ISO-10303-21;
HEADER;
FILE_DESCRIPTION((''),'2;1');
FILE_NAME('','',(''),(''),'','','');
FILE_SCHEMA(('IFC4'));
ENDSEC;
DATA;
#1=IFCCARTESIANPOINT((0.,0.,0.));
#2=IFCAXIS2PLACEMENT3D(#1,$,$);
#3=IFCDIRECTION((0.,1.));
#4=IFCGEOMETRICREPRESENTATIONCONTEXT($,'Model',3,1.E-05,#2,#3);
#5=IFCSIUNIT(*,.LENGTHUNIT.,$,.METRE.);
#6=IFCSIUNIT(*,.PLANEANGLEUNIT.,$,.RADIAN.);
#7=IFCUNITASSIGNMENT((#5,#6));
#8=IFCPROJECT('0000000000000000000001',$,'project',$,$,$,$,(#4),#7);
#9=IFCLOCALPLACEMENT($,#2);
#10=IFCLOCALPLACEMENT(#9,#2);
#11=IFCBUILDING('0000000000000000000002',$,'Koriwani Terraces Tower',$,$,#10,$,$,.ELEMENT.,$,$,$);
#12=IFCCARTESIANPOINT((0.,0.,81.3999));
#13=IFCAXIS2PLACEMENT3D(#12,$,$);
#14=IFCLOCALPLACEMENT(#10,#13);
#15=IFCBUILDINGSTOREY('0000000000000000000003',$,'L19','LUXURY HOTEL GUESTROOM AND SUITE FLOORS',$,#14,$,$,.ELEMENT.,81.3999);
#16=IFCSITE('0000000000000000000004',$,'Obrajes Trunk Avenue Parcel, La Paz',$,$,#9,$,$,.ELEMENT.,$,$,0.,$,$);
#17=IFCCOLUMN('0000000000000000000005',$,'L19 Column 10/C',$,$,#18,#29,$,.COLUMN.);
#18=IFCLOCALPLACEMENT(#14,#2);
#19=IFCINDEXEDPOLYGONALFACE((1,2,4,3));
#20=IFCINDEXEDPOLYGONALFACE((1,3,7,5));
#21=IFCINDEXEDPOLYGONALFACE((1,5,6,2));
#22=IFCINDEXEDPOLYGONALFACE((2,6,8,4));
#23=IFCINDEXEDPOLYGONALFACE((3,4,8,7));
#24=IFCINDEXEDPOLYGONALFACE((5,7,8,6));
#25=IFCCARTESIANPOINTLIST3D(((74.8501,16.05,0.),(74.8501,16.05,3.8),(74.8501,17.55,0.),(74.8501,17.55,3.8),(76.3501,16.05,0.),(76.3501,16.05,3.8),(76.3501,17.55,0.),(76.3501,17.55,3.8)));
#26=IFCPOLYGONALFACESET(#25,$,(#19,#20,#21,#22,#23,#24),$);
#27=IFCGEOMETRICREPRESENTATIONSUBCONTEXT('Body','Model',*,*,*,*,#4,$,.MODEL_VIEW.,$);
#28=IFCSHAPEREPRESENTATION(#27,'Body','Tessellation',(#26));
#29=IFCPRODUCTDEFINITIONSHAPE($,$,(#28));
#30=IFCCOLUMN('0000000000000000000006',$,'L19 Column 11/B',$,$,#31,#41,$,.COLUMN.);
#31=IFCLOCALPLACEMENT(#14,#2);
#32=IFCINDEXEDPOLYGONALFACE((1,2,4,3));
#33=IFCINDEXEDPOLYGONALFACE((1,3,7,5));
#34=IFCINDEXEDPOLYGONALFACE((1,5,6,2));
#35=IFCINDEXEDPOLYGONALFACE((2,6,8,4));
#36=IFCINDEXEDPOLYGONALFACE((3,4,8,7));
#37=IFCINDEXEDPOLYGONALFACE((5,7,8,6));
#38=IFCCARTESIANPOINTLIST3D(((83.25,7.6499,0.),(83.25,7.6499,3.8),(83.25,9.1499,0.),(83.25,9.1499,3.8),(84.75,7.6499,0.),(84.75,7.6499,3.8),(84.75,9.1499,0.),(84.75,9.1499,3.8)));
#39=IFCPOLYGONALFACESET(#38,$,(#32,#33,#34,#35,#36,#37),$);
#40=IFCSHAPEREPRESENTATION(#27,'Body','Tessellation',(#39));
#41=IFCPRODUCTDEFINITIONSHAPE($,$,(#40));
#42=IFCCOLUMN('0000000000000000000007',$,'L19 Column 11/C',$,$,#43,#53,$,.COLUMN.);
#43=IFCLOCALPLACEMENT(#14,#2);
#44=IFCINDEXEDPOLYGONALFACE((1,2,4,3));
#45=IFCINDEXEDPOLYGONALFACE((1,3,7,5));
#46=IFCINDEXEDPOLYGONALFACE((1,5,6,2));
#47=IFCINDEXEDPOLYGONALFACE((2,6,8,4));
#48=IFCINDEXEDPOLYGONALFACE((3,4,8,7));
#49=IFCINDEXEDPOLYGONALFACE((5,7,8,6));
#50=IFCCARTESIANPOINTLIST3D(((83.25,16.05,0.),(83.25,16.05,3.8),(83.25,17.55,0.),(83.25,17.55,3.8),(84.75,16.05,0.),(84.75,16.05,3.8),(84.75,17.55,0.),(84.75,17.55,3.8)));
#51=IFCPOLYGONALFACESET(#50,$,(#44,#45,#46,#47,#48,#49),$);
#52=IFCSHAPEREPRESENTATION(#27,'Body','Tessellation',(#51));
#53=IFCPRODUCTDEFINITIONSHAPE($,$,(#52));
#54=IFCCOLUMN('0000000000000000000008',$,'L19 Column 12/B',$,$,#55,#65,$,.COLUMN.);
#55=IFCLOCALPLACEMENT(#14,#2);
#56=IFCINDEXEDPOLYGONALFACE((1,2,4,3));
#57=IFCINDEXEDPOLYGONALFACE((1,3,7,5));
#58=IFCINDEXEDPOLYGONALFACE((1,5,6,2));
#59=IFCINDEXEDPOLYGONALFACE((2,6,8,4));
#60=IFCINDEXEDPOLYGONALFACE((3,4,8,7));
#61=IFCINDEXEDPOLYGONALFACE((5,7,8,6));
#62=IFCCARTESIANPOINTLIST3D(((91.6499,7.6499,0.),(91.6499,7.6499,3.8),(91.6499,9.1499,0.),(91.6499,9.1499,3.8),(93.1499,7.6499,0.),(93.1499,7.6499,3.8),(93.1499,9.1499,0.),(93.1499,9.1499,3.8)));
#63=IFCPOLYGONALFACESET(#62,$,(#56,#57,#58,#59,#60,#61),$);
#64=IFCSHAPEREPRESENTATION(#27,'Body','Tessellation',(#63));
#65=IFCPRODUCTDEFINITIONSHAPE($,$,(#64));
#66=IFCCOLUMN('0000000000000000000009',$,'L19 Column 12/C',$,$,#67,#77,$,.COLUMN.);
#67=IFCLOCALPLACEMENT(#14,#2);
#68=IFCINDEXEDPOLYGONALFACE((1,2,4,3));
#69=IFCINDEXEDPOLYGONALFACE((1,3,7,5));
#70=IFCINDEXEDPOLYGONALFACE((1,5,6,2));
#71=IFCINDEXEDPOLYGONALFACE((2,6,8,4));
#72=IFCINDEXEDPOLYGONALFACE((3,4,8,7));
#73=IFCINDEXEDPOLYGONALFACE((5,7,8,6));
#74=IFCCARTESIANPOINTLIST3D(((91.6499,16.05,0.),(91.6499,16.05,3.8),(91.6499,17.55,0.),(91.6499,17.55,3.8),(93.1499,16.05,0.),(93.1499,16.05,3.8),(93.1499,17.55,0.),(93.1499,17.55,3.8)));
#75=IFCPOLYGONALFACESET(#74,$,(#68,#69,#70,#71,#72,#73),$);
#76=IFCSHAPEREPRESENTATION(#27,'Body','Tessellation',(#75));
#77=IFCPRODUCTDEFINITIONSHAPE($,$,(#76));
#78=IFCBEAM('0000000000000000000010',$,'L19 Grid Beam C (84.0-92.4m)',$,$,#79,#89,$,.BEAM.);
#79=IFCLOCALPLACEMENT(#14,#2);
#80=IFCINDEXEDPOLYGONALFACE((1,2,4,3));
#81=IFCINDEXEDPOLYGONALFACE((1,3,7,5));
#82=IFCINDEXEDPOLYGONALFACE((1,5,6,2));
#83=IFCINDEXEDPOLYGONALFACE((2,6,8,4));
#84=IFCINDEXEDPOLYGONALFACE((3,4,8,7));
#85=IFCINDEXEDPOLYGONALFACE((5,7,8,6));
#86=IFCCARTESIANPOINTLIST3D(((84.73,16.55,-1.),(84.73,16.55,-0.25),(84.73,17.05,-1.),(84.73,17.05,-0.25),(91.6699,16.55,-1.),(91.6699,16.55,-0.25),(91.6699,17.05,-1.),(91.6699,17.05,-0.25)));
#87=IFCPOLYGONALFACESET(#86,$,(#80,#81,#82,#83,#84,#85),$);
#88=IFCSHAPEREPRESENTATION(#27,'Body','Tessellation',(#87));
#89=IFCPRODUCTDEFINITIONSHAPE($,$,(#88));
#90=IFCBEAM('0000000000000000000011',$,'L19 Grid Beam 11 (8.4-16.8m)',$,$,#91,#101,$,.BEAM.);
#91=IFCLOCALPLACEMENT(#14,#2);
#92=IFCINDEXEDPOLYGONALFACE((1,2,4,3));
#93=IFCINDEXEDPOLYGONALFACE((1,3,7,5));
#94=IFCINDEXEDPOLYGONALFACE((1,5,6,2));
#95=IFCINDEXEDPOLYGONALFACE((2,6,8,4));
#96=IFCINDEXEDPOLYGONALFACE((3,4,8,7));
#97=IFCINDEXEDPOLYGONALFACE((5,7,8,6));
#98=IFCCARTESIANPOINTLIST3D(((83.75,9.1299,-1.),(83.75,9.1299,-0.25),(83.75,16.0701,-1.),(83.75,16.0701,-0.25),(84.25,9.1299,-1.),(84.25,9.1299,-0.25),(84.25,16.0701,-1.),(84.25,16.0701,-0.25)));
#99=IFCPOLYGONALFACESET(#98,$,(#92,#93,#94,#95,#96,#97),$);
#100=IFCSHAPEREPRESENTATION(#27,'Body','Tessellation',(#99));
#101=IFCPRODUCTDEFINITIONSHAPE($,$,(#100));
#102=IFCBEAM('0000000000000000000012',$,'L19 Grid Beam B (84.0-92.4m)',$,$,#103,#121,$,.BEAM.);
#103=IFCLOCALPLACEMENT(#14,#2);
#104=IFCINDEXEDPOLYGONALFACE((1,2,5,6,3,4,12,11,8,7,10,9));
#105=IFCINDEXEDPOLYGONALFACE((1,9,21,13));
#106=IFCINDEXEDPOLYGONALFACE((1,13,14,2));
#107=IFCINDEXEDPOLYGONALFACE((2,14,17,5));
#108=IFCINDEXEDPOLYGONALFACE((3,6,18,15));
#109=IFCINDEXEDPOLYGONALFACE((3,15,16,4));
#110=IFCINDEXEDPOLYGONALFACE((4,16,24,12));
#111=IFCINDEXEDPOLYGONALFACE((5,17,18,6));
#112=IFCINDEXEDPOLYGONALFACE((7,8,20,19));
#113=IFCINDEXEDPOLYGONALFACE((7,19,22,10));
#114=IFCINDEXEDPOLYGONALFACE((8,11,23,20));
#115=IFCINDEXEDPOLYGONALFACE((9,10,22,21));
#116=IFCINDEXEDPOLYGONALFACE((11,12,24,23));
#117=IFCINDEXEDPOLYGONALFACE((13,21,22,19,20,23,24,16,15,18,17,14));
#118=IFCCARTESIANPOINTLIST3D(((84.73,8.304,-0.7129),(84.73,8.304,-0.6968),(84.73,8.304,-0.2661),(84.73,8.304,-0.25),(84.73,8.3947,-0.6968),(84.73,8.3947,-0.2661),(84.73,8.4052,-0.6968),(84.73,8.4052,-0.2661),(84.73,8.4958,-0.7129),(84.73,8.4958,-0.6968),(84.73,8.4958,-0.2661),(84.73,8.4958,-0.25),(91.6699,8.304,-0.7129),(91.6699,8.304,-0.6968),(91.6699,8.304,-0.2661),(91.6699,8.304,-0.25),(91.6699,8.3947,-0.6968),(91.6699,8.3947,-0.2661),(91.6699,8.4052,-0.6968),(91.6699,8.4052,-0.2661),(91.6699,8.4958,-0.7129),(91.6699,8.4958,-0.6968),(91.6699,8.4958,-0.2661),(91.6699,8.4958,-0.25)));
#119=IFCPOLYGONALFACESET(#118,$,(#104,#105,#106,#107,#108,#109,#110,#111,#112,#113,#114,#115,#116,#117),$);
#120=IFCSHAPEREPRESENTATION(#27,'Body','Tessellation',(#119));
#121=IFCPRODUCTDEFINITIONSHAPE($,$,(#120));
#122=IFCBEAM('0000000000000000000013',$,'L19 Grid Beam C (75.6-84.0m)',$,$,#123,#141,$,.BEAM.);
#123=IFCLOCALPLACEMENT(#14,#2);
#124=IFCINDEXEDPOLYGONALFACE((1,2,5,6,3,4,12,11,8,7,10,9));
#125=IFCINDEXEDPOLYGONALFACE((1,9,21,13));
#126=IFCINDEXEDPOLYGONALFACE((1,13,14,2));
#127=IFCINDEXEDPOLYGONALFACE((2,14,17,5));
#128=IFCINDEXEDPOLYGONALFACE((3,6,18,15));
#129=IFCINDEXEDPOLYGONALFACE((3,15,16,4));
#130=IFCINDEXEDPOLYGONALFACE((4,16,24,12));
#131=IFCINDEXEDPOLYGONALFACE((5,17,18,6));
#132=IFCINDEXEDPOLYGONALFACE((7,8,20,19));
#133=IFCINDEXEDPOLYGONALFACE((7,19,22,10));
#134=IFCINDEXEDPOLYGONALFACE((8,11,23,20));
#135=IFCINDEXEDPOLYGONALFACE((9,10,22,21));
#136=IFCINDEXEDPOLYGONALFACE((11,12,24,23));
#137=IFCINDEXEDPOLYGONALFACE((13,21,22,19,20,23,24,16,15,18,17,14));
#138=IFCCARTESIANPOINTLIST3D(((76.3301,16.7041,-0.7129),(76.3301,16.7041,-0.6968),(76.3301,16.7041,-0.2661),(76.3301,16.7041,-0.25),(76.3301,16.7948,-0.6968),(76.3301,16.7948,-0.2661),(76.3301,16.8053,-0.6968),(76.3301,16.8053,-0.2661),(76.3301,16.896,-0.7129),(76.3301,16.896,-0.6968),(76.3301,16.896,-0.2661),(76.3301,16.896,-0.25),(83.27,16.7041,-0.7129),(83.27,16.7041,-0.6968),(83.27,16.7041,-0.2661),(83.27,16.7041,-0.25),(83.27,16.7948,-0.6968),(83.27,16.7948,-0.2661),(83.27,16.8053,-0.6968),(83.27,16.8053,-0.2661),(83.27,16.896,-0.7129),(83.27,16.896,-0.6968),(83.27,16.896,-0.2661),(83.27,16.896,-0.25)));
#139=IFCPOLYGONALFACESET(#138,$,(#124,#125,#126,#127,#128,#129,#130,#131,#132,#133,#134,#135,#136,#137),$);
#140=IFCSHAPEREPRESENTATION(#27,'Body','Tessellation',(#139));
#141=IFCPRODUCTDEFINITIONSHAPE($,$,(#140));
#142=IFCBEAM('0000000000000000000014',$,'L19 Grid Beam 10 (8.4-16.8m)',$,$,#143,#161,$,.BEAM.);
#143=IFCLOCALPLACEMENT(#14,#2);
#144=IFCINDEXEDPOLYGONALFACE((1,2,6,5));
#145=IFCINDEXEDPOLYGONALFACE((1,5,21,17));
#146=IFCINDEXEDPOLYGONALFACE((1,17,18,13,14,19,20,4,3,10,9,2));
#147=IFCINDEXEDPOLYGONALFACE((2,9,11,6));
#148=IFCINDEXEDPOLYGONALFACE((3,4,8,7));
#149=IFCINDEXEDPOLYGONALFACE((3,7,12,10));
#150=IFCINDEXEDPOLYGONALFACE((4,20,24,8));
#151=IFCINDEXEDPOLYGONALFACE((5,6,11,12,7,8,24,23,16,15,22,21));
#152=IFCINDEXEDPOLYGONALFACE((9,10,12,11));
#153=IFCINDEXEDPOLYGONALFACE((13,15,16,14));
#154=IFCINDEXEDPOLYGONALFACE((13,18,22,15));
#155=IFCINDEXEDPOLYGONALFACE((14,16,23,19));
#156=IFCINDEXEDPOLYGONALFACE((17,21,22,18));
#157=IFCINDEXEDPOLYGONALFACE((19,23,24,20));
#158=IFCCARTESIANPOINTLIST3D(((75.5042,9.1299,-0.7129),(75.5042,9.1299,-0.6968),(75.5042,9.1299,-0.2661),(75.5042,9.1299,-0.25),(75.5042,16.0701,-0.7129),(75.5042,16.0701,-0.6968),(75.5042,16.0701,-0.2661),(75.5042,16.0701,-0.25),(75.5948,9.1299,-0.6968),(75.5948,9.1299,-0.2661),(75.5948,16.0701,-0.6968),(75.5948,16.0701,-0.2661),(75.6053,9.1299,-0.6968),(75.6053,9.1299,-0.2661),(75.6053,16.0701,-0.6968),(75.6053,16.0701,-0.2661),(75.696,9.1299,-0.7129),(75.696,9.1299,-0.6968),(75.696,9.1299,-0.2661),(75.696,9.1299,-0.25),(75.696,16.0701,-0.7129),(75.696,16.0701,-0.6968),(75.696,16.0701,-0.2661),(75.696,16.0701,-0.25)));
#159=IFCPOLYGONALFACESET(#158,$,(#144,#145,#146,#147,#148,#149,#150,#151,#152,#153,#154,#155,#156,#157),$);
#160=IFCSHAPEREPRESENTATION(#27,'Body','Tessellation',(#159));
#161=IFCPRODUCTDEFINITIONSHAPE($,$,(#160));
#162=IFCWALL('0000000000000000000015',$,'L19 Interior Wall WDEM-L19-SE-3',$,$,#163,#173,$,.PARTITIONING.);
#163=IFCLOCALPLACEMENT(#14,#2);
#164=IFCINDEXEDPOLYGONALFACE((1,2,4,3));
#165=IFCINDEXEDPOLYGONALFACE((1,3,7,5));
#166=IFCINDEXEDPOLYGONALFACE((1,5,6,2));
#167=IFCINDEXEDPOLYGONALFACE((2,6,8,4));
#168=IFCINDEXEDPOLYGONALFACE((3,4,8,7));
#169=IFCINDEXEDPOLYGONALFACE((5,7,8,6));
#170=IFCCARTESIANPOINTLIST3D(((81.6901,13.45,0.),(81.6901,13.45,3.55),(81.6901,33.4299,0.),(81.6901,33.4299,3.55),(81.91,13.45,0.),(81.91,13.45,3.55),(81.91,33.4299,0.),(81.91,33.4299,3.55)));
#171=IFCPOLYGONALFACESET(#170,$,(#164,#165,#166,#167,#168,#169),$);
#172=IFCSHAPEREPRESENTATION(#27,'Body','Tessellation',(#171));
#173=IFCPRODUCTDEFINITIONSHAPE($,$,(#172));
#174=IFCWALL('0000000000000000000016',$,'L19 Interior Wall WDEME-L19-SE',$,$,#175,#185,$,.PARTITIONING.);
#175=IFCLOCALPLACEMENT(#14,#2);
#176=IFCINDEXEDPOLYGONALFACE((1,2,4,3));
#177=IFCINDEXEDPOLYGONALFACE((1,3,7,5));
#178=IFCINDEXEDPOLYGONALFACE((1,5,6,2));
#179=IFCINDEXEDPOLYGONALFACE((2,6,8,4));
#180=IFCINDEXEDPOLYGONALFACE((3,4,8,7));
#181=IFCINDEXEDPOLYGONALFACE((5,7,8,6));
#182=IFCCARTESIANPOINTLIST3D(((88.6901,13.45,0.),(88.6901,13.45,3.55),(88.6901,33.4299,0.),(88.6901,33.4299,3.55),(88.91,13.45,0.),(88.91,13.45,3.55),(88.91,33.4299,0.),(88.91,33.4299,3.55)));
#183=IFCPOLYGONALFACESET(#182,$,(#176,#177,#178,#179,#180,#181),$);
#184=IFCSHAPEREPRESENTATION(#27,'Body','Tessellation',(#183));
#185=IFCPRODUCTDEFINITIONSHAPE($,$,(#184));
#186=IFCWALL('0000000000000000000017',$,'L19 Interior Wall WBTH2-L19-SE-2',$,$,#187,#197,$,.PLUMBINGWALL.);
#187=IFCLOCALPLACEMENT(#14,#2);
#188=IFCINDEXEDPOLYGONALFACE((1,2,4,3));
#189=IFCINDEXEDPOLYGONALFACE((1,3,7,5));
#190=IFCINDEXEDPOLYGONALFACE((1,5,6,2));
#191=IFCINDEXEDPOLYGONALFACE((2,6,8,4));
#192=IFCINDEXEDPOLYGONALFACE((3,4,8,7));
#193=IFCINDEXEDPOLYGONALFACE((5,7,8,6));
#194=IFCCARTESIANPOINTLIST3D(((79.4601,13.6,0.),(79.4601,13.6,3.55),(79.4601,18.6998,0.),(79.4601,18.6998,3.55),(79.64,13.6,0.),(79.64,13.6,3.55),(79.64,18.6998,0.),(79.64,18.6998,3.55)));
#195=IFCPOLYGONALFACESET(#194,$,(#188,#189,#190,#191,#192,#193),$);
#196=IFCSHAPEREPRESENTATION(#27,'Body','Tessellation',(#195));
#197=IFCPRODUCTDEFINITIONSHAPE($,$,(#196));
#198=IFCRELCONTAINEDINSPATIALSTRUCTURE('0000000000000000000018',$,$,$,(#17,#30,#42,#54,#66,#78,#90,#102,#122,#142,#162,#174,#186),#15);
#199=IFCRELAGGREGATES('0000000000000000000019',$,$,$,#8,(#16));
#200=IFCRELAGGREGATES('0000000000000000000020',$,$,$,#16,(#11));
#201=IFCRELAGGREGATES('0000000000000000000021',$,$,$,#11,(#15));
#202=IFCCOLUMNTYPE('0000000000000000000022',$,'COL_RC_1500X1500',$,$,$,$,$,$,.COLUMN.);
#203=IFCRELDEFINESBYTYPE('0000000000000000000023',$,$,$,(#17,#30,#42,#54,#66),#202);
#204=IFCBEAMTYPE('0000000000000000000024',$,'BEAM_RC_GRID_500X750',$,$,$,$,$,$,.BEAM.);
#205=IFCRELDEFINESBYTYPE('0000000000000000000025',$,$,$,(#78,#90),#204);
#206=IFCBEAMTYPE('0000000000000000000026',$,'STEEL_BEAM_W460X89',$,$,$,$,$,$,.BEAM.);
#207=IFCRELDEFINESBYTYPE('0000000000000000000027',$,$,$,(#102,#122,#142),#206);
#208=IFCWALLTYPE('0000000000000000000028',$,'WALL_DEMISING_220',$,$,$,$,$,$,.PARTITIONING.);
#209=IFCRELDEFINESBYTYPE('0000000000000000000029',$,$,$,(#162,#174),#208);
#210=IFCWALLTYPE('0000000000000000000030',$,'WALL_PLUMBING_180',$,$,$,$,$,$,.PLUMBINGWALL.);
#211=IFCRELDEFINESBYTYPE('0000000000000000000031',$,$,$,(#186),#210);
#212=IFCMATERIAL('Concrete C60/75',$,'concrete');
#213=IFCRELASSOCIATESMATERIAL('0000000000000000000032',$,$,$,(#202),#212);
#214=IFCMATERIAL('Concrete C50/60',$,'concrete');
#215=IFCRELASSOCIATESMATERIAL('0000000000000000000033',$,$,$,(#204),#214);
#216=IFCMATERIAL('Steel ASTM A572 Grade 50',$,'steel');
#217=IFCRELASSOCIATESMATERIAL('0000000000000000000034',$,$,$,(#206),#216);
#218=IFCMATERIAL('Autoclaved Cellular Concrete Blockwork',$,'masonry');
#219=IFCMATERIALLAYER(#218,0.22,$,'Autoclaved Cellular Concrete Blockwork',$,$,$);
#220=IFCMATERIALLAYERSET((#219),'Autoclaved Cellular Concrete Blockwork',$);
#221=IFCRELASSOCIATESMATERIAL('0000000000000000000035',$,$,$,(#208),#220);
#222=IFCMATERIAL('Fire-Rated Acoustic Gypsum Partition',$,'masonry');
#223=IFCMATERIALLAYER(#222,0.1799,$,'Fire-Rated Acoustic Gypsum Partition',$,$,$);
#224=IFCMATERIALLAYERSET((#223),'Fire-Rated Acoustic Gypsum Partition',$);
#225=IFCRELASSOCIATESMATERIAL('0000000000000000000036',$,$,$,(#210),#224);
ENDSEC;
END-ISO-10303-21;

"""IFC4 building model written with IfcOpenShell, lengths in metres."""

from ifc_helpers import new_model, si_unit, direction, frame, frame_2d, origin, origin_2d, place, context, subcontext, project, spatial, rectangle, i_section, extrude, material, layer, layer_set, material_profile, profile_set, type_object, element, save


model = new_model("IFC4")

# Units and contexts
model_context = context("Model", 3, precision=1e-05, world=origin(), true_north=direction((0.0, 1.0)))
body_context = subcontext(model_context, "Body", "Model", "MODEL_VIEW")
ifc_project = project(units=[si_unit("LENGTHUNIT", "METRE"), si_unit("PLANEANGLEUNIT", "RADIAN")], contexts=[model_context])

# Site, building, storey
site_placement = place(None, origin())
site = spatial("IfcSite", under=ifc_project, at=site_placement, Name="Obrajes Trunk Avenue Parcel, La Paz", CompositionType="ELEMENT", RefElevation=0.0)
building_placement = place(site_placement, origin())
building = spatial("IfcBuilding", under=site, at=building_placement, Name="Koriwani Terraces Tower", CompositionType="ELEMENT")
storey_placement = place(building_placement, frame((0.0, 0.0, 81.3999)))
storey = spatial("IfcBuildingStorey", under=building, at=storey_placement, Name="L19", Description="LUXURY HOTEL GUESTROOM AND SUITE FLOORS", CompositionType="ELEMENT", Elevation=81.3999)

# Columns
ifc_material_1 = material(Name="Concrete C60/75", Category="concrete")
ifc_material_profile_1 = material_profile(ifc_material_1, rectangle(XDim=1.5, YDim=1.5, at=origin_2d()), Name="Concrete C60/75", Category="LoadBearing")
ifc_profile_set_1 = profile_set([ifc_material_profile_1], Name="Concrete C60/75")
column_type = type_object("IfcColumnType", Name="COL_RC_1500X1500", PredefinedType="COLUMN", material=ifc_profile_set_1)
for number, where, z_axis, x_axis, name in (
    (1, (75.6001, 16.8, 0.0), (0.0, 0.0, 1.0), (1.0, 0.0, 0.0), "L19 Column 10/C"),
    (2, (84.0, 8.3999, 0.0), (0.0, 0.0, 1.0), (1.0, 0.0, 0.0), "L19 Column 11/B"),
    (3, (84.0, 16.8, 0.0), (0.0, 0.0, 1.0), (1.0, 0.0, 0.0), "L19 Column 11/C"),
    (4, (92.3999, 8.3999, 0.0), (0.0, 0.0, 1.0), (1.0, 0.0, 0.0), "L19 Column 12/B"),
    (5, (92.3999, 16.8, 0.0), (0.0, 0.0, 1.0), (1.0, 0.0, 0.0), "L19 Column 12/C"),
):
    element("IfcColumn", number, at=place(storey_placement, frame(where, z_axis=z_axis, x_axis=x_axis)), inside=storey, type_object=column_type, Name=name, PredefinedType="COLUMN", context=body_context, shape_type="SweptSolid", body=[
        extrude(rectangle(XDim=1.5, YDim=1.5, at=origin_2d()), origin(), (0.0, 0.0, 1.0), 3.8),
    ])

# Beams
ifc_material_2 = material(Name="Concrete C50/60", Category="concrete")
ifc_material_profile_2 = material_profile(ifc_material_2, rectangle(XDim=0.5, YDim=0.75, at=origin_2d()), Name="Concrete C50/60", Category="LoadBearing")
ifc_profile_set_2 = profile_set([ifc_material_profile_2], Name="Concrete C50/60")
beam_type_1 = type_object("IfcBeamType", Name="BEAM_RC_GRID_500X750", PredefinedType="BEAM", material=ifc_profile_set_2)
beam_1_placement = place(storey_placement, frame((84.73, 16.8, -0.625), z_axis=(1.0, 0.0, 0.0), x_axis=(0.0, 1.0, 0.0)))
element("IfcBeam", 6, at=beam_1_placement, inside=storey, type_object=beam_type_1, Name="L19 Grid Beam C (84.0-92.4m)", PredefinedType="BEAM", context=body_context, shape_type="SweptSolid", body=[
    extrude(rectangle(XDim=0.5, YDim=0.75, at=origin_2d()), origin(), (0.0, 0.0, 1.0), 6.9399),
])
beam_2_placement = place(storey_placement, frame((84.0, 9.1299, -0.625), z_axis=(0.0, 1.0, 0.0), x_axis=(-1.0, 0.0, 0.0)))
element("IfcBeam", 7, at=beam_2_placement, inside=storey, type_object=beam_type_1, Name="L19 Grid Beam 11 (8.4-16.8m)", PredefinedType="BEAM", context=body_context, shape_type="SweptSolid", body=[
    extrude(rectangle(XDim=0.5, YDim=0.75, at=origin_2d()), origin(), (0.0, 0.0, 1.0), 6.9402),
])
ifc_material_3 = material(Name="Steel ASTM A572 Grade 50", Category="steel")
ifc_material_profile_3 = material_profile(ifc_material_3, i_section(OverallWidth=0.1919, OverallDepth=0.4629, WebThickness=0.0105, FlangeThickness=0.0161, at=origin_2d()), Name="Steel ASTM A572 Grade 50", Category="LoadBearing")
ifc_profile_set_3 = profile_set([ifc_material_profile_3], Name="Steel ASTM A572 Grade 50")
beam_type_2 = type_object("IfcBeamType", Name="STEEL_BEAM_W460X89", PredefinedType="BEAM", material=ifc_profile_set_3)
for number, where, z_axis, x_axis, name in (
    (8, (84.73, 8.3999, -0.4814), (1.0, 0.0, 0.0), (0.0, 1.0, 0.0), "L19 Grid Beam B (84.0-92.4m)"),
    (9, (76.3301, 16.8, -0.4814), (1.0, 0.0, 0.0), (0.0, 1.0, 0.0), "L19 Grid Beam C (75.6-84.0m)"),
):
    element("IfcBeam", number, at=place(storey_placement, frame(where, z_axis=z_axis, x_axis=x_axis)), inside=storey, type_object=beam_type_2, Name=name, PredefinedType="BEAM", context=body_context, shape_type="SweptSolid", body=[
        extrude(i_section(OverallWidth=0.1919, OverallDepth=0.4629, WebThickness=0.0105, FlangeThickness=0.0161, at=origin_2d()), origin(), (0.0, 0.0, 1.0), 6.9399),
    ])
beam_3_placement = place(storey_placement, frame((75.6001, 9.1299, -0.4814), z_axis=(0.0, 1.0, 0.0), x_axis=(-1.0, 0.0, 0.0)))
element("IfcBeam", 10, at=beam_3_placement, inside=storey, type_object=beam_type_2, Name="L19 Grid Beam 10 (8.4-16.8m)", PredefinedType="BEAM", context=body_context, shape_type="SweptSolid", body=[
    extrude(i_section(OverallWidth=0.1919, OverallDepth=0.4629, WebThickness=0.0105, FlangeThickness=0.0161, at=origin_2d()), origin(), (0.0, 0.0, 1.0), 6.9402),
])

# Walls
ifc_material_4 = material(Name="Autoclaved Cellular Concrete Blockwork", Category="masonry")
ifc_layer_1 = layer(ifc_material_4, 0.22, Name="Autoclaved Cellular Concrete Blockwork")
ifc_layer_set_1 = layer_set([ifc_layer_1], Name="Autoclaved Cellular Concrete Blockwork")
wall_type_1 = type_object("IfcWallType", Name="WALL_DEMISING_220", PredefinedType="PARTITIONING", material=ifc_layer_set_1)
for number, where, z_axis, x_axis, name in (
    (11, (81.8, 13.45, 0.0), (0.0, 0.0, 1.0), (0.0, 1.0, 0.0), "L19 Interior Wall WDEM-L19-SE-3"),
    (12, (88.8, 13.45, 0.0), (0.0, 0.0, 1.0), (0.0, 1.0, 0.0), "L19 Interior Wall WDEME-L19-SE"),
):
    element("IfcWall", number, at=place(storey_placement, frame(where, z_axis=z_axis, x_axis=x_axis)), inside=storey, type_object=wall_type_1, Name=name, PredefinedType="PARTITIONING", context=body_context, shape_type="SweptSolid", body=[
        extrude(rectangle(XDim=19.98, YDim=0.22, at=frame_2d((9.99, 0.0))), origin(), (0.0, 0.0, 1.0), 3.55),
    ])
ifc_material_5 = material(Name="Fire-Rated Acoustic Gypsum Partition", Category="masonry")
ifc_layer_2 = layer(ifc_material_5, 0.1799, Name="Fire-Rated Acoustic Gypsum Partition")
ifc_layer_set_2 = layer_set([ifc_layer_2], Name="Fire-Rated Acoustic Gypsum Partition")
wall_type_2 = type_object("IfcWallType", Name="WALL_PLUMBING_180", PredefinedType="PLUMBINGWALL", material=ifc_layer_set_2)
for number, where, z_axis, x_axis, name in (
    (13, (79.55, 13.6001, 0.0), (0.0, 0.0, 1.0), (0.0, 1.0, 0.0), "L19 Interior Wall WBTH2-L19-SE-2"),
):
    element("IfcWall", number, at=place(storey_placement, frame(where, z_axis=z_axis, x_axis=x_axis)), inside=storey, type_object=wall_type_2, Name=name, PredefinedType="PLUMBINGWALL", context=body_context, shape_type="SweptSolid", body=[
        extrude(rectangle(XDim=5.0999, YDim=0.1799, at=frame_2d((2.5498, 0.0))), origin(), (0.0, 0.0, 1.0), 3.55),
    ])

save(model, "model.ifc")
